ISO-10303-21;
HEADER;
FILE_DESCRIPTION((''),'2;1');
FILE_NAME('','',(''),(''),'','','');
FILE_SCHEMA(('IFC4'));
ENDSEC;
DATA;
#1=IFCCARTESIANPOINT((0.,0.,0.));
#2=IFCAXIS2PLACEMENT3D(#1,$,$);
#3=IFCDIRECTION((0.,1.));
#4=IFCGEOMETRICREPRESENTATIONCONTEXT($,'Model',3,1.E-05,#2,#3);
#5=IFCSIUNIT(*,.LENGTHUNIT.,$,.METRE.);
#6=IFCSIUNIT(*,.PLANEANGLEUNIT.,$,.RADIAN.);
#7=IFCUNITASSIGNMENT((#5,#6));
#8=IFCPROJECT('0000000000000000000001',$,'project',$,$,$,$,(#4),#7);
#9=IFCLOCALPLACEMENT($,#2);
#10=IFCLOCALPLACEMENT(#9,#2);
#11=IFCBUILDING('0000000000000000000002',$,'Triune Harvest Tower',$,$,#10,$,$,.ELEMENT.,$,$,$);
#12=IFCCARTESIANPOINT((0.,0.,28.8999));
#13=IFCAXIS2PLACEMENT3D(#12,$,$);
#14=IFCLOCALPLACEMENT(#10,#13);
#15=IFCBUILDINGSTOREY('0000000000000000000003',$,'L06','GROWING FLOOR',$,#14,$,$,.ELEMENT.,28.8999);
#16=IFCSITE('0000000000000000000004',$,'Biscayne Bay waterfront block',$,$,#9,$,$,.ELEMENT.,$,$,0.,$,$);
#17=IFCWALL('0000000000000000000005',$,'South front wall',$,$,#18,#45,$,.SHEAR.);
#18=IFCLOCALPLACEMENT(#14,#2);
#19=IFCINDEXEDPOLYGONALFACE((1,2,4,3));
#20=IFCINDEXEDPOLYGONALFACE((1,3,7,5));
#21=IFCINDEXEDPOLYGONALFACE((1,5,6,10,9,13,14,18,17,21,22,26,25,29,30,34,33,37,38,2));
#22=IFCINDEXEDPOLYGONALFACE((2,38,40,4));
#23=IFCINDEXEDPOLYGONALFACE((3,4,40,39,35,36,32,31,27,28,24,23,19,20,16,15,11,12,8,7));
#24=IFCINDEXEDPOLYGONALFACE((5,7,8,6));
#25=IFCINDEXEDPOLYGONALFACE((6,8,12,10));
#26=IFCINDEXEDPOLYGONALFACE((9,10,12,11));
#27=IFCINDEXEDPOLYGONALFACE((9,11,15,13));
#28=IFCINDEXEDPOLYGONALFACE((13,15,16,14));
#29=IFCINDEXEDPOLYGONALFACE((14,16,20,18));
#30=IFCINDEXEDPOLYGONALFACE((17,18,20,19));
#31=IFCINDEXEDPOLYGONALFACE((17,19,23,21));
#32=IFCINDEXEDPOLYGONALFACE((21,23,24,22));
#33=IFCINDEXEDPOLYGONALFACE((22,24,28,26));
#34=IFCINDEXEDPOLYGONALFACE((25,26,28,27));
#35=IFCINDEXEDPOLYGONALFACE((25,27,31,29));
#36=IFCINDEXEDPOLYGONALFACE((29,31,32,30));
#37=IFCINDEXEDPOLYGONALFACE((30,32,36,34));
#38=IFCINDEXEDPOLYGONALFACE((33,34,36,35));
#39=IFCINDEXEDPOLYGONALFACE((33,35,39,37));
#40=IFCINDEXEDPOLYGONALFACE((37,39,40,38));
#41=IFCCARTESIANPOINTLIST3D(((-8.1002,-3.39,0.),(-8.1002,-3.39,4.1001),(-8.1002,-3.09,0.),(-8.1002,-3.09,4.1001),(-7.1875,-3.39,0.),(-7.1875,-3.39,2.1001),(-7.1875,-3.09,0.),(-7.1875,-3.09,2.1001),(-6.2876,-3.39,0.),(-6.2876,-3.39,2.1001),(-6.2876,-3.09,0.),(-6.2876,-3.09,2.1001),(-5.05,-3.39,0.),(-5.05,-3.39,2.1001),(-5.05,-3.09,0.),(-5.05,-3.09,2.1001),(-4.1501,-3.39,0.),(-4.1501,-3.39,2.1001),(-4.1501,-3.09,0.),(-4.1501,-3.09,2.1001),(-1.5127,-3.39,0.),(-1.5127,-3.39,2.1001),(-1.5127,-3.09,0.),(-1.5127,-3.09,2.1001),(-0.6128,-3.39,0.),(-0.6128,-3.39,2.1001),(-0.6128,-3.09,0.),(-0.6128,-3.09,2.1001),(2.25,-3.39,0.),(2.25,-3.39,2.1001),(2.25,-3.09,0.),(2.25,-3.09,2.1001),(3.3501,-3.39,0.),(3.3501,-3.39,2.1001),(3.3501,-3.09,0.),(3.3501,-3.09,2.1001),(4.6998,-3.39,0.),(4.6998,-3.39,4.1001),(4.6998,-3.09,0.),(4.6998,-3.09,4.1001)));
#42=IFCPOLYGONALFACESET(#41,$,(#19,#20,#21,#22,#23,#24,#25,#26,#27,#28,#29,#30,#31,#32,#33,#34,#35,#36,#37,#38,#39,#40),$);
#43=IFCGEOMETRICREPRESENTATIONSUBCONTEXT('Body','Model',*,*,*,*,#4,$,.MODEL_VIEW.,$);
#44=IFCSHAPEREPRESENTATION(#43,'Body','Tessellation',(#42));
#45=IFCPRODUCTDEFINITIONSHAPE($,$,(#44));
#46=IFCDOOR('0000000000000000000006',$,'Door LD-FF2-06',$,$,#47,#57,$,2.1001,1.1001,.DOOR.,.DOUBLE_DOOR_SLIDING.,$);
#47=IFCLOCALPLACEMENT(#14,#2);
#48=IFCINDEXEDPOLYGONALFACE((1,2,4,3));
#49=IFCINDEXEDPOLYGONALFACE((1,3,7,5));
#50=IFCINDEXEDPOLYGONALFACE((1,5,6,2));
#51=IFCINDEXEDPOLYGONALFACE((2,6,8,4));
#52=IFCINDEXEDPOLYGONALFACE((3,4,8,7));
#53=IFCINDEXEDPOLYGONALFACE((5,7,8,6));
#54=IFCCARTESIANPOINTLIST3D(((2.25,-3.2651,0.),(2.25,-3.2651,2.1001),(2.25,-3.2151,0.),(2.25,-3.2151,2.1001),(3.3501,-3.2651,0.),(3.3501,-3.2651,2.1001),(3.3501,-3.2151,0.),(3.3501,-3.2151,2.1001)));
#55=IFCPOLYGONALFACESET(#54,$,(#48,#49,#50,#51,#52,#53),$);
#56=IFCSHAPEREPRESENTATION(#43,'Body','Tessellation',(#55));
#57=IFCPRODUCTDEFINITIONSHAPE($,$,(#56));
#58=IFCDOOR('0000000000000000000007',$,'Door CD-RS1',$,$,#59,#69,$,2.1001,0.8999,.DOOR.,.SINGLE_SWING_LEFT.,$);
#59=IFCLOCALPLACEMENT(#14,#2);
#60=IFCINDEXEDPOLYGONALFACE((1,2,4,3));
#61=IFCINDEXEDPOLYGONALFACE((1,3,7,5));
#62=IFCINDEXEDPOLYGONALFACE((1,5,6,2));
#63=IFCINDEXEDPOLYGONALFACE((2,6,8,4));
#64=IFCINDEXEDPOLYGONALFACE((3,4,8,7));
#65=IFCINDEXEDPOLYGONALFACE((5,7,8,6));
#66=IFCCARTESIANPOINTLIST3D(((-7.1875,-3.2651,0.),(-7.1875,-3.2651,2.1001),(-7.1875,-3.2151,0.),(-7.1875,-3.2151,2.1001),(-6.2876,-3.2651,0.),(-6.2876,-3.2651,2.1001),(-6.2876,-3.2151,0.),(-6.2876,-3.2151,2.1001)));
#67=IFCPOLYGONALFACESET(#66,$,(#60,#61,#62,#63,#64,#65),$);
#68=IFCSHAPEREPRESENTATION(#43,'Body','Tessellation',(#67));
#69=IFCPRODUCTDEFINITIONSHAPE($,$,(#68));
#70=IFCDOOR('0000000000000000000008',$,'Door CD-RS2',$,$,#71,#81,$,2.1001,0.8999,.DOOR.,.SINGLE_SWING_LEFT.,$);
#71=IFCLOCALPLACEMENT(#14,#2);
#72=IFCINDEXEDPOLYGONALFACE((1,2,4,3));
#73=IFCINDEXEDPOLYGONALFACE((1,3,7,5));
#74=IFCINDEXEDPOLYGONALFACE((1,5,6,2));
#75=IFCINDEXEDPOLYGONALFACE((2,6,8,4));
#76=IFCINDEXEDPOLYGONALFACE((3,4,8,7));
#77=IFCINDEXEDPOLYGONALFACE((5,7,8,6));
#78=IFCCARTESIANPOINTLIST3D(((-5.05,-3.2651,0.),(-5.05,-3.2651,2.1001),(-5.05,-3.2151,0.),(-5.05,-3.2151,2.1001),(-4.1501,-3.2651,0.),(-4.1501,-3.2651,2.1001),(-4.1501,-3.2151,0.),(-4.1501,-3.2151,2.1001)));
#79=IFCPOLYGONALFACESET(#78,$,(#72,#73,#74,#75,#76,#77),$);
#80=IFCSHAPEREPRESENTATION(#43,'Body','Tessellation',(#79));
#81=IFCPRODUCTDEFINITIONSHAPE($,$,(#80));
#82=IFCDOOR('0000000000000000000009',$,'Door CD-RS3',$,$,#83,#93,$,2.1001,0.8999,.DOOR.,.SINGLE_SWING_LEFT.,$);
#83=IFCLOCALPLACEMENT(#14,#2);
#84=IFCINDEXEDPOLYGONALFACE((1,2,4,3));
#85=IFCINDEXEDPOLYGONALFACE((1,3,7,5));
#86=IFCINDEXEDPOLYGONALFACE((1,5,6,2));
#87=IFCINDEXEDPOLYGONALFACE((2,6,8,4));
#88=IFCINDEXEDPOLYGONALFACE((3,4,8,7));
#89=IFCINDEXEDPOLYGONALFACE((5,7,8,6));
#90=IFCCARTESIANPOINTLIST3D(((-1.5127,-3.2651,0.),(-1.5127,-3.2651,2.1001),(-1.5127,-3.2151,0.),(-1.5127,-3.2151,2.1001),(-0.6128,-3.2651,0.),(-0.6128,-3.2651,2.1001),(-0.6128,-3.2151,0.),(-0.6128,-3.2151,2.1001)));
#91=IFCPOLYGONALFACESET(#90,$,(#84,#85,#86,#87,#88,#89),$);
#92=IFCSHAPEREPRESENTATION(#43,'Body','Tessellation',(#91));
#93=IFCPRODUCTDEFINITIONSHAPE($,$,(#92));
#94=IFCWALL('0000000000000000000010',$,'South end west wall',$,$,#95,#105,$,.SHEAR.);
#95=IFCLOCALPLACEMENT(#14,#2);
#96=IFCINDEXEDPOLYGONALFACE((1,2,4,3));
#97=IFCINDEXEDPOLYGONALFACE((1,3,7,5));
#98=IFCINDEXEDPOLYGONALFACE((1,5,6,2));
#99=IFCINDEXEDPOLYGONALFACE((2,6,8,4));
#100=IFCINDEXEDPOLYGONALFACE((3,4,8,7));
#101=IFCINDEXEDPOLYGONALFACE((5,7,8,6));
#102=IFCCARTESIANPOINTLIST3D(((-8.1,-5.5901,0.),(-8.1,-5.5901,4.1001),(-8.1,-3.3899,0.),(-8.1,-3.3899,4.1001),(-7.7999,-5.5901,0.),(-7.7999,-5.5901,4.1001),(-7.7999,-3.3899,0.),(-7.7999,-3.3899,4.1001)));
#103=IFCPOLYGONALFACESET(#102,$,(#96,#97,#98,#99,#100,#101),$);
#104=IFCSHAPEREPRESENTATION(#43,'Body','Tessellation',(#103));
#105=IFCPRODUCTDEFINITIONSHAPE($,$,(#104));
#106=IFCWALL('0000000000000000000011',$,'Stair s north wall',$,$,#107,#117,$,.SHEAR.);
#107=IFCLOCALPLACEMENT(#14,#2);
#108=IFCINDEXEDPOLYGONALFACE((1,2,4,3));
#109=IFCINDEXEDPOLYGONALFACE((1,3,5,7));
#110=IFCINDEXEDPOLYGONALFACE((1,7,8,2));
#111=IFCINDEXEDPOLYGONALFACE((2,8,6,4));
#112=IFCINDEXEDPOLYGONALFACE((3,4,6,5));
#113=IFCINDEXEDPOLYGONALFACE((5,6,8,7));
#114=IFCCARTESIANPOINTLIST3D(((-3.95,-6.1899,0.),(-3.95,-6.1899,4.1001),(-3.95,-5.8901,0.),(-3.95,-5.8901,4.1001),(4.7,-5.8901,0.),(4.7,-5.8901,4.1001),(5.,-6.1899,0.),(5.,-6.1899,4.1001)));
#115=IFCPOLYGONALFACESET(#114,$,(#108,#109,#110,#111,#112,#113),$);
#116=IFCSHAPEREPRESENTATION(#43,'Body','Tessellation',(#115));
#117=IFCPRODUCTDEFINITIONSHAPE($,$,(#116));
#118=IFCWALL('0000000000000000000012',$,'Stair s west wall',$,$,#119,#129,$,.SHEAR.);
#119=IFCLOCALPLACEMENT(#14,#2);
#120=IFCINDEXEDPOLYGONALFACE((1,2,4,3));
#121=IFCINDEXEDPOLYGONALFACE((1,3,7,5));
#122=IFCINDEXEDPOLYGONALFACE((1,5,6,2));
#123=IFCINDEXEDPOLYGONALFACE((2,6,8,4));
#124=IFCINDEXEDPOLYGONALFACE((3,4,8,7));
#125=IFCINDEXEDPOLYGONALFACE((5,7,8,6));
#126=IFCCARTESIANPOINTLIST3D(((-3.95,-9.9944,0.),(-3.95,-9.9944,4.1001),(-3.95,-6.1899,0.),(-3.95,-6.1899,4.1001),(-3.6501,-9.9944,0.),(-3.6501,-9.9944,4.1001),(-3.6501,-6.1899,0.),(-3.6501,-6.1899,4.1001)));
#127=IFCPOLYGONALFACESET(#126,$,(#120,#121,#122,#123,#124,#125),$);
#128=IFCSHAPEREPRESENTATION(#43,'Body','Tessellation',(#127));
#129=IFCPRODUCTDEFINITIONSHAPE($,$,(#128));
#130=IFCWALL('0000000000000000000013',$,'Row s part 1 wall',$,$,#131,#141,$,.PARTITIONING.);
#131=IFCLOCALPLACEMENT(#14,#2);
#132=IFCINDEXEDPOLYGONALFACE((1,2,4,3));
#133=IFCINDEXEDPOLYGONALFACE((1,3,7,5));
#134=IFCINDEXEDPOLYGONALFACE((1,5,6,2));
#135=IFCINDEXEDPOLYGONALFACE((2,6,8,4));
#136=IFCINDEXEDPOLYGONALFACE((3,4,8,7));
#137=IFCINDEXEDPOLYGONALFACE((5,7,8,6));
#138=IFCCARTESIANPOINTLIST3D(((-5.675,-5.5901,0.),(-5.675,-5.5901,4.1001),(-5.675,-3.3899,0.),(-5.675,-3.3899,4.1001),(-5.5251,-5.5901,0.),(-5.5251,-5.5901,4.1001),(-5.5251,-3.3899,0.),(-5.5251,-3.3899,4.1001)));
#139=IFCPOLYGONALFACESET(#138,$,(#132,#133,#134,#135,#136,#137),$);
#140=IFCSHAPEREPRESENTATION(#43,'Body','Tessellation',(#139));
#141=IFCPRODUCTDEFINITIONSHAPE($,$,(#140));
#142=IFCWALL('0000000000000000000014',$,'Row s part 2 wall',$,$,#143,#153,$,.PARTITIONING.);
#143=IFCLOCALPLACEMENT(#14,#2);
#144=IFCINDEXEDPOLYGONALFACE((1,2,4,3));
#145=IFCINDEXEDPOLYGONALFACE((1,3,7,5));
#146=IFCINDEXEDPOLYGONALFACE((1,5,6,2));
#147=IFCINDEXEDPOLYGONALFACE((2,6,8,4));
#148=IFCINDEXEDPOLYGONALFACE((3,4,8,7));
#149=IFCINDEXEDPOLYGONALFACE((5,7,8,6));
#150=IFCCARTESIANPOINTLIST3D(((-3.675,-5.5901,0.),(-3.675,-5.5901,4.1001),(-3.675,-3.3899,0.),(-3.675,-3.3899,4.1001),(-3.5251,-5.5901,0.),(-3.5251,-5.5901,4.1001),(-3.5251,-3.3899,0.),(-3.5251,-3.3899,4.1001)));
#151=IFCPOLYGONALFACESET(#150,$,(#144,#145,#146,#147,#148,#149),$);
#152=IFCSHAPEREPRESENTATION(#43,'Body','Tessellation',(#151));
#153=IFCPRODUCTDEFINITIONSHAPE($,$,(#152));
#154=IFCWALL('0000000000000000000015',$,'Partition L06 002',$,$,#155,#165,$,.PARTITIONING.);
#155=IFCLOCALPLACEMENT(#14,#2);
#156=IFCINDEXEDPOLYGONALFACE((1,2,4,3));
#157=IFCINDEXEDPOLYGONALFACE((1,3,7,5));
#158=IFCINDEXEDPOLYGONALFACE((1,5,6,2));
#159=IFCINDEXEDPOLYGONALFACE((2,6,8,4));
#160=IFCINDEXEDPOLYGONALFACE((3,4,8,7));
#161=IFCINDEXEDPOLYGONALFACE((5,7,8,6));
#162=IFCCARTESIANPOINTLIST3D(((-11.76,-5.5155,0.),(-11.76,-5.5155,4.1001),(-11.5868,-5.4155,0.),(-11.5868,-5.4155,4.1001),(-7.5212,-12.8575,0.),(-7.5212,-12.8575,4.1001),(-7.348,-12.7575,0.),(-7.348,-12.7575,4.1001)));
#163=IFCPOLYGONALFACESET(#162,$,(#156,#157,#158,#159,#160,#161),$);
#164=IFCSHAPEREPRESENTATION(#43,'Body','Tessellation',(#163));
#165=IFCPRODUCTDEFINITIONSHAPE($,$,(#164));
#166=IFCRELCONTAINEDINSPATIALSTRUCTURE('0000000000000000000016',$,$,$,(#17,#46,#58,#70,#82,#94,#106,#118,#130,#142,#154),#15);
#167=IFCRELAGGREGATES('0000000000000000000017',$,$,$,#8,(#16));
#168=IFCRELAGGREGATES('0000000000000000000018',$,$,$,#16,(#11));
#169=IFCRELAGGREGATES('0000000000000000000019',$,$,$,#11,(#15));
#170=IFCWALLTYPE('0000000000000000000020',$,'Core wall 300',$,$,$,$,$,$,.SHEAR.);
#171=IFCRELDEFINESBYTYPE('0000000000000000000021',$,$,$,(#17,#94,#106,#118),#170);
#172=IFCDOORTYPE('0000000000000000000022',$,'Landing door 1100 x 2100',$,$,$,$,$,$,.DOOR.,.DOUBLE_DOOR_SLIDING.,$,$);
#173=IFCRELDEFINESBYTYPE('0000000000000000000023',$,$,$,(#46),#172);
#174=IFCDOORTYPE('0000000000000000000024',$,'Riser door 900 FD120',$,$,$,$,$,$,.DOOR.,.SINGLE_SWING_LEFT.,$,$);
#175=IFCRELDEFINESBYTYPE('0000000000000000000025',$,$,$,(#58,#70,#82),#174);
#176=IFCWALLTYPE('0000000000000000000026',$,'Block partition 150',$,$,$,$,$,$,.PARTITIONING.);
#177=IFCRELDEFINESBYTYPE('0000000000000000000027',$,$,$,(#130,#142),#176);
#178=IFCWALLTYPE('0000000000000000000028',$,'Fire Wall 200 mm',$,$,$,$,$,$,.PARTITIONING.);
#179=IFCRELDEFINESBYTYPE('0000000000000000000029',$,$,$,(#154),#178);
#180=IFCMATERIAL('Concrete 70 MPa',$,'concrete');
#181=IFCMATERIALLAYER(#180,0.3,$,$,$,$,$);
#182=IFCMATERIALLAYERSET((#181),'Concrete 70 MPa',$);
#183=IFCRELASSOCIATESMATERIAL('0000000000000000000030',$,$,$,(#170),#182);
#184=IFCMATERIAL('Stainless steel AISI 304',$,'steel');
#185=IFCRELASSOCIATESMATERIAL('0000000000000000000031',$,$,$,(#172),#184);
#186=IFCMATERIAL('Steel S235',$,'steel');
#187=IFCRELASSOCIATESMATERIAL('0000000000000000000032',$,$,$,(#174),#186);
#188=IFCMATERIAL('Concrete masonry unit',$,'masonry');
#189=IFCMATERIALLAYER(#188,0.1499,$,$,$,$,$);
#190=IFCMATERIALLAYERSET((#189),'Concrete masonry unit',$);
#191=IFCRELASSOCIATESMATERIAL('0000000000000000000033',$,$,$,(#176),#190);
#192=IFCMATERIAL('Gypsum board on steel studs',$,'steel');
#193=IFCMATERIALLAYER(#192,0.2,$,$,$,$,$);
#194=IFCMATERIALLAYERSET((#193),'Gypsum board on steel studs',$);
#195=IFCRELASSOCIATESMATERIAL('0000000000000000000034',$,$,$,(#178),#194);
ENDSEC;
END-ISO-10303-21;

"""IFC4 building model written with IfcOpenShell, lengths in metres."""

from ifc_helpers import new_model, si_unit, direction, frame, frame_2d, origin, place, context, subcontext, project, spatial, polyline, rectangle, outline, extrude, source, transform, mapped, material, layer, layer_set, type_object, element, fill, save


model = new_model("IFC4")

# Units and contexts
model_context = context("Model", 3, precision=1e-05, world=origin(), true_north=direction((0.0, 1.0)))
body_context = subcontext(model_context, "Body", "Model", "MODEL_VIEW")
ifc_project = project(units=[si_unit("LENGTHUNIT", "METRE"), si_unit("PLANEANGLEUNIT", "RADIAN")], contexts=[model_context])

# Site, building, storey
site_placement = place(None, origin())
site = spatial("IfcSite", under=ifc_project, at=site_placement, Name="Biscayne Bay waterfront block", CompositionType="ELEMENT", RefElevation=0.0)
building_placement = place(site_placement, origin())
building = spatial("IfcBuilding", under=site, at=building_placement, Name="Triune Harvest Tower", CompositionType="ELEMENT")
storey_placement = place(building_placement, frame((0.0, 0.0, 28.8999)))
storey = spatial("IfcBuildingStorey", under=building, at=storey_placement, Name="L06", Description="GROWING FLOOR", CompositionType="ELEMENT", Elevation=28.8999)

# Wall, openings, doors
ifc_material_1 = material(Name="Concrete 70 MPa", Category="concrete")
ifc_layer_1 = layer(ifc_material_1, 0.3)
ifc_layer_set_1 = layer_set([ifc_layer_1], Name="Concrete 70 MPa")
wall_type_1 = type_object("IfcWallType", Name="Core wall 300", PredefinedType="SHEAR", material=ifc_layer_set_1)
shared_shape_1 = source(origin(), body_context, "Body", "SweptSolid", [
    extrude(rectangle(XDim=12.8, YDim=0.3, at=frame_2d((6.3999, 0.0))), origin(), (0.0, 0.0, 1.0), 4.1001),
])
wall_1_placement = place(storey_placement, frame((-8.1001, -3.24, 0.0), z_axis=(0.0, 0.0, 1.0), x_axis=(1.0, 0.0, 0.0)))
wall_1 = element("IfcWall", 1, at=wall_1_placement, inside=storey, type_object=wall_type_1, Name="South front wall", PredefinedType="SHEAR", context=body_context, shape_type="MappedRepresentation", body=[
    mapped(shared_shape_1, transform((0.0, 0.0, 0.0), scale=1.0)),
])
opening_1_placement = place(wall_1_placement, frame((0.9126, 0.0, 0.0)))
opening_1 = element("IfcOpeningElement", 2, at=opening_1_placement, cuts=wall_1, PredefinedType="OPENING", context=body_context, shape_type="SweptSolid", body=[
    extrude(rectangle(XDim=0.8999, YDim=2.1001, at=frame_2d((0.45, 1.05))), frame((0.0, 0.1602, 0.0), z_axis=(0.0, -1.0, 0.0), x_axis=(1.0, 0.0, 0.0)), (0.0, 0.0, 1.0), 0.3201),
])
opening_2_placement = place(wall_1_placement, frame((3.05, 0.0, 0.0)))
opening_2 = element("IfcOpeningElement", 3, at=opening_2_placement, cuts=wall_1, PredefinedType="OPENING", context=body_context, shape_type="SweptSolid", body=[
    extrude(rectangle(XDim=0.8999, YDim=2.1001, at=frame_2d((0.45, 1.05))), frame((0.0, 0.1602, 0.0), z_axis=(0.0, -1.0, 0.0), x_axis=(1.0, 0.0, 0.0)), (0.0, 0.0, 1.0), 0.3201),
])
opening_3_placement = place(wall_1_placement, frame((6.5874, 0.0, 0.0)))
opening_3 = element("IfcOpeningElement", 4, at=opening_3_placement, cuts=wall_1, PredefinedType="OPENING", context=body_context, shape_type="SweptSolid", body=[
    extrude(rectangle(XDim=0.8999, YDim=2.1001, at=frame_2d((0.45, 1.05))), frame((0.0, 0.1602, 0.0), z_axis=(0.0, -1.0, 0.0), x_axis=(1.0, 0.0, 0.0)), (0.0, 0.0, 1.0), 0.3201),
])
opening_4_placement = place(wall_1_placement, frame((10.3501, 0.0, 0.0)))
opening_4 = element("IfcOpeningElement", 5, at=opening_4_placement, cuts=wall_1, PredefinedType="OPENING", context=body_context, shape_type="SweptSolid", body=[
    extrude(rectangle(XDim=1.1001, YDim=2.1001, at=frame_2d((0.55, 1.05))), frame((0.0, 0.1602, 0.0), z_axis=(0.0, -1.0, 0.0), x_axis=(1.0, 0.0, 0.0)), (0.0, 0.0, 1.0), 0.3201),
])
ifc_material_2 = material(Name="Stainless steel AISI 304", Category="steel")
door_type_1 = type_object("IfcDoorType", Name="Landing door 1100 x 2100", OperationType="DOUBLE_DOOR_SLIDING", PredefinedType="DOOR", material=ifc_material_2)
door_1_placement = place(opening_4_placement, origin())
door_1 = element("IfcDoor", 6, at=door_1_placement, inside=storey, type_object=door_type_1, Name="Door LD-FF2-06", OperationType="DOUBLE_DOOR_SLIDING", OverallHeight=2.1001, OverallWidth=1.1001, PredefinedType="DOOR", context=body_context, shape_type="SweptSolid", body=[
    extrude(rectangle(XDim=1.1001, YDim=2.1001, at=frame_2d((0.55, 1.05))), frame((0.0, 0.0249, 0.0), z_axis=(0.0, -1.0, 0.0), x_axis=(1.0, 0.0, 0.0)), (0.0, 0.0, 1.0), 0.05),
])
fill(opening_4, door_1)
ifc_material_3 = material(Name="Steel S235", Category="steel")
door_type_2 = type_object("IfcDoorType", Name="Riser door 900 FD120", OperationType="SINGLE_SWING_LEFT", PredefinedType="DOOR", material=ifc_material_3)
door_2_placement = place(opening_1_placement, origin())
door_2 = element("IfcDoor", 7, at=door_2_placement, inside=storey, type_object=door_type_2, Name="Door CD-RS1", OperationType="SINGLE_SWING_LEFT", OverallHeight=2.1001, OverallWidth=0.8999, PredefinedType="DOOR", context=body_context, shape_type="SweptSolid", body=[
    extrude(rectangle(XDim=0.8999, YDim=2.1001, at=frame_2d((0.45, 1.05))), frame((0.0, 0.0249, 0.0), z_axis=(0.0, -1.0, 0.0), x_axis=(1.0, 0.0, 0.0)), (0.0, 0.0, 1.0), 0.05),
])
fill(opening_1, door_2)
door_3_placement = place(opening_2_placement, origin())
door_3 = element("IfcDoor", 8, at=door_3_placement, inside=storey, type_object=door_type_2, Name="Door CD-RS2", OperationType="SINGLE_SWING_LEFT", OverallHeight=2.1001, OverallWidth=0.8999, PredefinedType="DOOR", context=body_context, shape_type="SweptSolid", body=[
    extrude(rectangle(XDim=0.8999, YDim=2.1001, at=frame_2d((0.45, 1.05))), frame((0.0, 0.0249, 0.0), z_axis=(0.0, -1.0, 0.0), x_axis=(1.0, 0.0, 0.0)), (0.0, 0.0, 1.0), 0.05),
])
fill(opening_2, door_3)
door_4_placement = place(opening_3_placement, origin())
door_4 = element("IfcDoor", 9, at=door_4_placement, inside=storey, type_object=door_type_2, Name="Door CD-RS3", OperationType="SINGLE_SWING_LEFT", OverallHeight=2.1001, OverallWidth=0.8999, PredefinedType="DOOR", context=body_context, shape_type="SweptSolid", body=[
    extrude(rectangle(XDim=0.8999, YDim=2.1001, at=frame_2d((0.45, 1.05))), frame((0.0, 0.0249, 0.0), z_axis=(0.0, -1.0, 0.0), x_axis=(1.0, 0.0, 0.0)), (0.0, 0.0, 1.0), 0.05),
])
fill(opening_3, door_4)

# Walls
shared_shape_2 = source(origin(), body_context, "Body", "SweptSolid", [
    extrude(rectangle(XDim=2.2002, YDim=0.3, at=frame_2d((1.1001, 0.0))), origin(), (0.0, 0.0, 1.0), 4.1001),
])
wall_2_placement = place(storey_placement, frame((-7.95, -5.5901, 0.0), z_axis=(0.0, 0.0, 1.0), x_axis=(0.0, 1.0, 0.0)))
element("IfcWall", 10, at=wall_2_placement, inside=storey, type_object=wall_type_1, Name="South end west wall", PredefinedType="SHEAR", context=body_context, shape_type="MappedRepresentation", body=[
    mapped(shared_shape_2, transform((0.0, 0.0, 0.0), scale=1.0)),
])
shared_shape_3 = source(origin(), body_context, "Body", "SweptSolid", [
    extrude(outline(polyline([(0.0, -0.1499), (8.95, -0.1499), (8.6499, 0.1499), (0.0, 0.1499), (0.0, -0.1499)])), origin(), (0.0, 0.0, 1.0), 4.1001),
])
wall_3_placement = place(storey_placement, frame((-3.95, -6.04, 0.0), z_axis=(0.0, 0.0, 1.0), x_axis=(1.0, 0.0, 0.0)))
element("IfcWall", 11, at=wall_3_placement, inside=storey, type_object=wall_type_1, Name="Stair s north wall", PredefinedType="SHEAR", context=body_context, shape_type="MappedRepresentation", body=[
    mapped(shared_shape_3, transform((0.0, 0.0, 0.0), scale=1.0)),
])
shared_shape_4 = source(origin(), body_context, "Body", "SweptSolid", [
    extrude(outline(polyline([(3.8, -0.1499), (-0.0044, -0.1499), (-0.0044, 0.1499), (3.8, 0.1499), (3.8, -0.1499)])), origin(), (0.0, 0.0, 1.0), 4.1001),
])
wall_4_placement = place(storey_placement, frame((-3.8, -9.99, 0.0), z_axis=(0.0, 0.0, 1.0), x_axis=(0.0, 1.0, 0.0)))
element("IfcWall", 12, at=wall_4_placement, inside=storey, type_object=wall_type_1, Name="Stair s west wall", PredefinedType="SHEAR", context=body_context, shape_type="MappedRepresentation", body=[
    mapped(shared_shape_4, transform((0.0, 0.0, 0.0), scale=1.0)),
])
ifc_material_4 = material(Name="Concrete masonry unit", Category="masonry")
ifc_layer_2 = layer(ifc_material_4, 0.1499)
ifc_layer_set_2 = layer_set([ifc_layer_2], Name="Concrete masonry unit")
wall_type_2 = type_object("IfcWallType", Name="Block partition 150", PredefinedType="PARTITIONING", material=ifc_layer_set_2)
shared_shape_5 = source(origin(), body_context, "Body", "SweptSolid", [
    extrude(rectangle(XDim=2.2002, YDim=0.1499, at=frame_2d((1.1001, 0.0))), origin(), (0.0, 0.0, 1.0), 4.1001),
])
for number, where, z_axis, x_axis, name in (
    (13, (-5.6001, -5.5901, 0.0), (0.0, 0.0, 1.0), (0.0, 1.0, 0.0), "Row s part 1 wall"),
    (14, (-3.6001, -5.5901, 0.0), (0.0, 0.0, 1.0), (0.0, 1.0, 0.0), "Row s part 2 wall"),
):
    element("IfcWall", number, at=place(storey_placement, frame(where, z_axis=z_axis, x_axis=x_axis)), inside=storey, type_object=wall_type_2, Name=name, PredefinedType="PARTITIONING", context=body_context, shape_type="MappedRepresentation", body=[
        mapped(shared_shape_5, transform((0.0, 0.0, 0.0), scale=1.0)),
    ])
ifc_material_5 = material(Name="Gypsum board on steel studs", Category="steel")
ifc_layer_3 = layer(ifc_material_5, 0.2)
ifc_layer_set_3 = layer_set([ifc_layer_3], Name="Gypsum board on steel studs")
wall_type_3 = type_object("IfcWallType", Name="Fire Wall 200 mm", PredefinedType="PARTITIONING", material=ifc_layer_set_3)
shared_shape_6 = source(origin(), body_context, "Body", "SweptSolid", [
    extrude(rectangle(XDim=8.4778, YDim=0.2, at=frame_2d((4.2388, 0.0))), origin(), (0.0, 0.0, 1.0), 4.1001),
])
wall_5_placement = place(storey_placement, frame((-11.6733, -5.4656, 0.0), z_axis=(0.0, 0.0, 1.0), x_axis=(0.499986, -0.866034, 0.0)))
element("IfcWall", 15, at=wall_5_placement, inside=storey, type_object=wall_type_3, Name="Partition L06 002", PredefinedType="PARTITIONING", context=body_context, shape_type="MappedRepresentation", body=[
    mapped(shared_shape_6, transform((0.0, 0.0, 0.0), scale=1.0)),
])

save(model, "model.ifc")
